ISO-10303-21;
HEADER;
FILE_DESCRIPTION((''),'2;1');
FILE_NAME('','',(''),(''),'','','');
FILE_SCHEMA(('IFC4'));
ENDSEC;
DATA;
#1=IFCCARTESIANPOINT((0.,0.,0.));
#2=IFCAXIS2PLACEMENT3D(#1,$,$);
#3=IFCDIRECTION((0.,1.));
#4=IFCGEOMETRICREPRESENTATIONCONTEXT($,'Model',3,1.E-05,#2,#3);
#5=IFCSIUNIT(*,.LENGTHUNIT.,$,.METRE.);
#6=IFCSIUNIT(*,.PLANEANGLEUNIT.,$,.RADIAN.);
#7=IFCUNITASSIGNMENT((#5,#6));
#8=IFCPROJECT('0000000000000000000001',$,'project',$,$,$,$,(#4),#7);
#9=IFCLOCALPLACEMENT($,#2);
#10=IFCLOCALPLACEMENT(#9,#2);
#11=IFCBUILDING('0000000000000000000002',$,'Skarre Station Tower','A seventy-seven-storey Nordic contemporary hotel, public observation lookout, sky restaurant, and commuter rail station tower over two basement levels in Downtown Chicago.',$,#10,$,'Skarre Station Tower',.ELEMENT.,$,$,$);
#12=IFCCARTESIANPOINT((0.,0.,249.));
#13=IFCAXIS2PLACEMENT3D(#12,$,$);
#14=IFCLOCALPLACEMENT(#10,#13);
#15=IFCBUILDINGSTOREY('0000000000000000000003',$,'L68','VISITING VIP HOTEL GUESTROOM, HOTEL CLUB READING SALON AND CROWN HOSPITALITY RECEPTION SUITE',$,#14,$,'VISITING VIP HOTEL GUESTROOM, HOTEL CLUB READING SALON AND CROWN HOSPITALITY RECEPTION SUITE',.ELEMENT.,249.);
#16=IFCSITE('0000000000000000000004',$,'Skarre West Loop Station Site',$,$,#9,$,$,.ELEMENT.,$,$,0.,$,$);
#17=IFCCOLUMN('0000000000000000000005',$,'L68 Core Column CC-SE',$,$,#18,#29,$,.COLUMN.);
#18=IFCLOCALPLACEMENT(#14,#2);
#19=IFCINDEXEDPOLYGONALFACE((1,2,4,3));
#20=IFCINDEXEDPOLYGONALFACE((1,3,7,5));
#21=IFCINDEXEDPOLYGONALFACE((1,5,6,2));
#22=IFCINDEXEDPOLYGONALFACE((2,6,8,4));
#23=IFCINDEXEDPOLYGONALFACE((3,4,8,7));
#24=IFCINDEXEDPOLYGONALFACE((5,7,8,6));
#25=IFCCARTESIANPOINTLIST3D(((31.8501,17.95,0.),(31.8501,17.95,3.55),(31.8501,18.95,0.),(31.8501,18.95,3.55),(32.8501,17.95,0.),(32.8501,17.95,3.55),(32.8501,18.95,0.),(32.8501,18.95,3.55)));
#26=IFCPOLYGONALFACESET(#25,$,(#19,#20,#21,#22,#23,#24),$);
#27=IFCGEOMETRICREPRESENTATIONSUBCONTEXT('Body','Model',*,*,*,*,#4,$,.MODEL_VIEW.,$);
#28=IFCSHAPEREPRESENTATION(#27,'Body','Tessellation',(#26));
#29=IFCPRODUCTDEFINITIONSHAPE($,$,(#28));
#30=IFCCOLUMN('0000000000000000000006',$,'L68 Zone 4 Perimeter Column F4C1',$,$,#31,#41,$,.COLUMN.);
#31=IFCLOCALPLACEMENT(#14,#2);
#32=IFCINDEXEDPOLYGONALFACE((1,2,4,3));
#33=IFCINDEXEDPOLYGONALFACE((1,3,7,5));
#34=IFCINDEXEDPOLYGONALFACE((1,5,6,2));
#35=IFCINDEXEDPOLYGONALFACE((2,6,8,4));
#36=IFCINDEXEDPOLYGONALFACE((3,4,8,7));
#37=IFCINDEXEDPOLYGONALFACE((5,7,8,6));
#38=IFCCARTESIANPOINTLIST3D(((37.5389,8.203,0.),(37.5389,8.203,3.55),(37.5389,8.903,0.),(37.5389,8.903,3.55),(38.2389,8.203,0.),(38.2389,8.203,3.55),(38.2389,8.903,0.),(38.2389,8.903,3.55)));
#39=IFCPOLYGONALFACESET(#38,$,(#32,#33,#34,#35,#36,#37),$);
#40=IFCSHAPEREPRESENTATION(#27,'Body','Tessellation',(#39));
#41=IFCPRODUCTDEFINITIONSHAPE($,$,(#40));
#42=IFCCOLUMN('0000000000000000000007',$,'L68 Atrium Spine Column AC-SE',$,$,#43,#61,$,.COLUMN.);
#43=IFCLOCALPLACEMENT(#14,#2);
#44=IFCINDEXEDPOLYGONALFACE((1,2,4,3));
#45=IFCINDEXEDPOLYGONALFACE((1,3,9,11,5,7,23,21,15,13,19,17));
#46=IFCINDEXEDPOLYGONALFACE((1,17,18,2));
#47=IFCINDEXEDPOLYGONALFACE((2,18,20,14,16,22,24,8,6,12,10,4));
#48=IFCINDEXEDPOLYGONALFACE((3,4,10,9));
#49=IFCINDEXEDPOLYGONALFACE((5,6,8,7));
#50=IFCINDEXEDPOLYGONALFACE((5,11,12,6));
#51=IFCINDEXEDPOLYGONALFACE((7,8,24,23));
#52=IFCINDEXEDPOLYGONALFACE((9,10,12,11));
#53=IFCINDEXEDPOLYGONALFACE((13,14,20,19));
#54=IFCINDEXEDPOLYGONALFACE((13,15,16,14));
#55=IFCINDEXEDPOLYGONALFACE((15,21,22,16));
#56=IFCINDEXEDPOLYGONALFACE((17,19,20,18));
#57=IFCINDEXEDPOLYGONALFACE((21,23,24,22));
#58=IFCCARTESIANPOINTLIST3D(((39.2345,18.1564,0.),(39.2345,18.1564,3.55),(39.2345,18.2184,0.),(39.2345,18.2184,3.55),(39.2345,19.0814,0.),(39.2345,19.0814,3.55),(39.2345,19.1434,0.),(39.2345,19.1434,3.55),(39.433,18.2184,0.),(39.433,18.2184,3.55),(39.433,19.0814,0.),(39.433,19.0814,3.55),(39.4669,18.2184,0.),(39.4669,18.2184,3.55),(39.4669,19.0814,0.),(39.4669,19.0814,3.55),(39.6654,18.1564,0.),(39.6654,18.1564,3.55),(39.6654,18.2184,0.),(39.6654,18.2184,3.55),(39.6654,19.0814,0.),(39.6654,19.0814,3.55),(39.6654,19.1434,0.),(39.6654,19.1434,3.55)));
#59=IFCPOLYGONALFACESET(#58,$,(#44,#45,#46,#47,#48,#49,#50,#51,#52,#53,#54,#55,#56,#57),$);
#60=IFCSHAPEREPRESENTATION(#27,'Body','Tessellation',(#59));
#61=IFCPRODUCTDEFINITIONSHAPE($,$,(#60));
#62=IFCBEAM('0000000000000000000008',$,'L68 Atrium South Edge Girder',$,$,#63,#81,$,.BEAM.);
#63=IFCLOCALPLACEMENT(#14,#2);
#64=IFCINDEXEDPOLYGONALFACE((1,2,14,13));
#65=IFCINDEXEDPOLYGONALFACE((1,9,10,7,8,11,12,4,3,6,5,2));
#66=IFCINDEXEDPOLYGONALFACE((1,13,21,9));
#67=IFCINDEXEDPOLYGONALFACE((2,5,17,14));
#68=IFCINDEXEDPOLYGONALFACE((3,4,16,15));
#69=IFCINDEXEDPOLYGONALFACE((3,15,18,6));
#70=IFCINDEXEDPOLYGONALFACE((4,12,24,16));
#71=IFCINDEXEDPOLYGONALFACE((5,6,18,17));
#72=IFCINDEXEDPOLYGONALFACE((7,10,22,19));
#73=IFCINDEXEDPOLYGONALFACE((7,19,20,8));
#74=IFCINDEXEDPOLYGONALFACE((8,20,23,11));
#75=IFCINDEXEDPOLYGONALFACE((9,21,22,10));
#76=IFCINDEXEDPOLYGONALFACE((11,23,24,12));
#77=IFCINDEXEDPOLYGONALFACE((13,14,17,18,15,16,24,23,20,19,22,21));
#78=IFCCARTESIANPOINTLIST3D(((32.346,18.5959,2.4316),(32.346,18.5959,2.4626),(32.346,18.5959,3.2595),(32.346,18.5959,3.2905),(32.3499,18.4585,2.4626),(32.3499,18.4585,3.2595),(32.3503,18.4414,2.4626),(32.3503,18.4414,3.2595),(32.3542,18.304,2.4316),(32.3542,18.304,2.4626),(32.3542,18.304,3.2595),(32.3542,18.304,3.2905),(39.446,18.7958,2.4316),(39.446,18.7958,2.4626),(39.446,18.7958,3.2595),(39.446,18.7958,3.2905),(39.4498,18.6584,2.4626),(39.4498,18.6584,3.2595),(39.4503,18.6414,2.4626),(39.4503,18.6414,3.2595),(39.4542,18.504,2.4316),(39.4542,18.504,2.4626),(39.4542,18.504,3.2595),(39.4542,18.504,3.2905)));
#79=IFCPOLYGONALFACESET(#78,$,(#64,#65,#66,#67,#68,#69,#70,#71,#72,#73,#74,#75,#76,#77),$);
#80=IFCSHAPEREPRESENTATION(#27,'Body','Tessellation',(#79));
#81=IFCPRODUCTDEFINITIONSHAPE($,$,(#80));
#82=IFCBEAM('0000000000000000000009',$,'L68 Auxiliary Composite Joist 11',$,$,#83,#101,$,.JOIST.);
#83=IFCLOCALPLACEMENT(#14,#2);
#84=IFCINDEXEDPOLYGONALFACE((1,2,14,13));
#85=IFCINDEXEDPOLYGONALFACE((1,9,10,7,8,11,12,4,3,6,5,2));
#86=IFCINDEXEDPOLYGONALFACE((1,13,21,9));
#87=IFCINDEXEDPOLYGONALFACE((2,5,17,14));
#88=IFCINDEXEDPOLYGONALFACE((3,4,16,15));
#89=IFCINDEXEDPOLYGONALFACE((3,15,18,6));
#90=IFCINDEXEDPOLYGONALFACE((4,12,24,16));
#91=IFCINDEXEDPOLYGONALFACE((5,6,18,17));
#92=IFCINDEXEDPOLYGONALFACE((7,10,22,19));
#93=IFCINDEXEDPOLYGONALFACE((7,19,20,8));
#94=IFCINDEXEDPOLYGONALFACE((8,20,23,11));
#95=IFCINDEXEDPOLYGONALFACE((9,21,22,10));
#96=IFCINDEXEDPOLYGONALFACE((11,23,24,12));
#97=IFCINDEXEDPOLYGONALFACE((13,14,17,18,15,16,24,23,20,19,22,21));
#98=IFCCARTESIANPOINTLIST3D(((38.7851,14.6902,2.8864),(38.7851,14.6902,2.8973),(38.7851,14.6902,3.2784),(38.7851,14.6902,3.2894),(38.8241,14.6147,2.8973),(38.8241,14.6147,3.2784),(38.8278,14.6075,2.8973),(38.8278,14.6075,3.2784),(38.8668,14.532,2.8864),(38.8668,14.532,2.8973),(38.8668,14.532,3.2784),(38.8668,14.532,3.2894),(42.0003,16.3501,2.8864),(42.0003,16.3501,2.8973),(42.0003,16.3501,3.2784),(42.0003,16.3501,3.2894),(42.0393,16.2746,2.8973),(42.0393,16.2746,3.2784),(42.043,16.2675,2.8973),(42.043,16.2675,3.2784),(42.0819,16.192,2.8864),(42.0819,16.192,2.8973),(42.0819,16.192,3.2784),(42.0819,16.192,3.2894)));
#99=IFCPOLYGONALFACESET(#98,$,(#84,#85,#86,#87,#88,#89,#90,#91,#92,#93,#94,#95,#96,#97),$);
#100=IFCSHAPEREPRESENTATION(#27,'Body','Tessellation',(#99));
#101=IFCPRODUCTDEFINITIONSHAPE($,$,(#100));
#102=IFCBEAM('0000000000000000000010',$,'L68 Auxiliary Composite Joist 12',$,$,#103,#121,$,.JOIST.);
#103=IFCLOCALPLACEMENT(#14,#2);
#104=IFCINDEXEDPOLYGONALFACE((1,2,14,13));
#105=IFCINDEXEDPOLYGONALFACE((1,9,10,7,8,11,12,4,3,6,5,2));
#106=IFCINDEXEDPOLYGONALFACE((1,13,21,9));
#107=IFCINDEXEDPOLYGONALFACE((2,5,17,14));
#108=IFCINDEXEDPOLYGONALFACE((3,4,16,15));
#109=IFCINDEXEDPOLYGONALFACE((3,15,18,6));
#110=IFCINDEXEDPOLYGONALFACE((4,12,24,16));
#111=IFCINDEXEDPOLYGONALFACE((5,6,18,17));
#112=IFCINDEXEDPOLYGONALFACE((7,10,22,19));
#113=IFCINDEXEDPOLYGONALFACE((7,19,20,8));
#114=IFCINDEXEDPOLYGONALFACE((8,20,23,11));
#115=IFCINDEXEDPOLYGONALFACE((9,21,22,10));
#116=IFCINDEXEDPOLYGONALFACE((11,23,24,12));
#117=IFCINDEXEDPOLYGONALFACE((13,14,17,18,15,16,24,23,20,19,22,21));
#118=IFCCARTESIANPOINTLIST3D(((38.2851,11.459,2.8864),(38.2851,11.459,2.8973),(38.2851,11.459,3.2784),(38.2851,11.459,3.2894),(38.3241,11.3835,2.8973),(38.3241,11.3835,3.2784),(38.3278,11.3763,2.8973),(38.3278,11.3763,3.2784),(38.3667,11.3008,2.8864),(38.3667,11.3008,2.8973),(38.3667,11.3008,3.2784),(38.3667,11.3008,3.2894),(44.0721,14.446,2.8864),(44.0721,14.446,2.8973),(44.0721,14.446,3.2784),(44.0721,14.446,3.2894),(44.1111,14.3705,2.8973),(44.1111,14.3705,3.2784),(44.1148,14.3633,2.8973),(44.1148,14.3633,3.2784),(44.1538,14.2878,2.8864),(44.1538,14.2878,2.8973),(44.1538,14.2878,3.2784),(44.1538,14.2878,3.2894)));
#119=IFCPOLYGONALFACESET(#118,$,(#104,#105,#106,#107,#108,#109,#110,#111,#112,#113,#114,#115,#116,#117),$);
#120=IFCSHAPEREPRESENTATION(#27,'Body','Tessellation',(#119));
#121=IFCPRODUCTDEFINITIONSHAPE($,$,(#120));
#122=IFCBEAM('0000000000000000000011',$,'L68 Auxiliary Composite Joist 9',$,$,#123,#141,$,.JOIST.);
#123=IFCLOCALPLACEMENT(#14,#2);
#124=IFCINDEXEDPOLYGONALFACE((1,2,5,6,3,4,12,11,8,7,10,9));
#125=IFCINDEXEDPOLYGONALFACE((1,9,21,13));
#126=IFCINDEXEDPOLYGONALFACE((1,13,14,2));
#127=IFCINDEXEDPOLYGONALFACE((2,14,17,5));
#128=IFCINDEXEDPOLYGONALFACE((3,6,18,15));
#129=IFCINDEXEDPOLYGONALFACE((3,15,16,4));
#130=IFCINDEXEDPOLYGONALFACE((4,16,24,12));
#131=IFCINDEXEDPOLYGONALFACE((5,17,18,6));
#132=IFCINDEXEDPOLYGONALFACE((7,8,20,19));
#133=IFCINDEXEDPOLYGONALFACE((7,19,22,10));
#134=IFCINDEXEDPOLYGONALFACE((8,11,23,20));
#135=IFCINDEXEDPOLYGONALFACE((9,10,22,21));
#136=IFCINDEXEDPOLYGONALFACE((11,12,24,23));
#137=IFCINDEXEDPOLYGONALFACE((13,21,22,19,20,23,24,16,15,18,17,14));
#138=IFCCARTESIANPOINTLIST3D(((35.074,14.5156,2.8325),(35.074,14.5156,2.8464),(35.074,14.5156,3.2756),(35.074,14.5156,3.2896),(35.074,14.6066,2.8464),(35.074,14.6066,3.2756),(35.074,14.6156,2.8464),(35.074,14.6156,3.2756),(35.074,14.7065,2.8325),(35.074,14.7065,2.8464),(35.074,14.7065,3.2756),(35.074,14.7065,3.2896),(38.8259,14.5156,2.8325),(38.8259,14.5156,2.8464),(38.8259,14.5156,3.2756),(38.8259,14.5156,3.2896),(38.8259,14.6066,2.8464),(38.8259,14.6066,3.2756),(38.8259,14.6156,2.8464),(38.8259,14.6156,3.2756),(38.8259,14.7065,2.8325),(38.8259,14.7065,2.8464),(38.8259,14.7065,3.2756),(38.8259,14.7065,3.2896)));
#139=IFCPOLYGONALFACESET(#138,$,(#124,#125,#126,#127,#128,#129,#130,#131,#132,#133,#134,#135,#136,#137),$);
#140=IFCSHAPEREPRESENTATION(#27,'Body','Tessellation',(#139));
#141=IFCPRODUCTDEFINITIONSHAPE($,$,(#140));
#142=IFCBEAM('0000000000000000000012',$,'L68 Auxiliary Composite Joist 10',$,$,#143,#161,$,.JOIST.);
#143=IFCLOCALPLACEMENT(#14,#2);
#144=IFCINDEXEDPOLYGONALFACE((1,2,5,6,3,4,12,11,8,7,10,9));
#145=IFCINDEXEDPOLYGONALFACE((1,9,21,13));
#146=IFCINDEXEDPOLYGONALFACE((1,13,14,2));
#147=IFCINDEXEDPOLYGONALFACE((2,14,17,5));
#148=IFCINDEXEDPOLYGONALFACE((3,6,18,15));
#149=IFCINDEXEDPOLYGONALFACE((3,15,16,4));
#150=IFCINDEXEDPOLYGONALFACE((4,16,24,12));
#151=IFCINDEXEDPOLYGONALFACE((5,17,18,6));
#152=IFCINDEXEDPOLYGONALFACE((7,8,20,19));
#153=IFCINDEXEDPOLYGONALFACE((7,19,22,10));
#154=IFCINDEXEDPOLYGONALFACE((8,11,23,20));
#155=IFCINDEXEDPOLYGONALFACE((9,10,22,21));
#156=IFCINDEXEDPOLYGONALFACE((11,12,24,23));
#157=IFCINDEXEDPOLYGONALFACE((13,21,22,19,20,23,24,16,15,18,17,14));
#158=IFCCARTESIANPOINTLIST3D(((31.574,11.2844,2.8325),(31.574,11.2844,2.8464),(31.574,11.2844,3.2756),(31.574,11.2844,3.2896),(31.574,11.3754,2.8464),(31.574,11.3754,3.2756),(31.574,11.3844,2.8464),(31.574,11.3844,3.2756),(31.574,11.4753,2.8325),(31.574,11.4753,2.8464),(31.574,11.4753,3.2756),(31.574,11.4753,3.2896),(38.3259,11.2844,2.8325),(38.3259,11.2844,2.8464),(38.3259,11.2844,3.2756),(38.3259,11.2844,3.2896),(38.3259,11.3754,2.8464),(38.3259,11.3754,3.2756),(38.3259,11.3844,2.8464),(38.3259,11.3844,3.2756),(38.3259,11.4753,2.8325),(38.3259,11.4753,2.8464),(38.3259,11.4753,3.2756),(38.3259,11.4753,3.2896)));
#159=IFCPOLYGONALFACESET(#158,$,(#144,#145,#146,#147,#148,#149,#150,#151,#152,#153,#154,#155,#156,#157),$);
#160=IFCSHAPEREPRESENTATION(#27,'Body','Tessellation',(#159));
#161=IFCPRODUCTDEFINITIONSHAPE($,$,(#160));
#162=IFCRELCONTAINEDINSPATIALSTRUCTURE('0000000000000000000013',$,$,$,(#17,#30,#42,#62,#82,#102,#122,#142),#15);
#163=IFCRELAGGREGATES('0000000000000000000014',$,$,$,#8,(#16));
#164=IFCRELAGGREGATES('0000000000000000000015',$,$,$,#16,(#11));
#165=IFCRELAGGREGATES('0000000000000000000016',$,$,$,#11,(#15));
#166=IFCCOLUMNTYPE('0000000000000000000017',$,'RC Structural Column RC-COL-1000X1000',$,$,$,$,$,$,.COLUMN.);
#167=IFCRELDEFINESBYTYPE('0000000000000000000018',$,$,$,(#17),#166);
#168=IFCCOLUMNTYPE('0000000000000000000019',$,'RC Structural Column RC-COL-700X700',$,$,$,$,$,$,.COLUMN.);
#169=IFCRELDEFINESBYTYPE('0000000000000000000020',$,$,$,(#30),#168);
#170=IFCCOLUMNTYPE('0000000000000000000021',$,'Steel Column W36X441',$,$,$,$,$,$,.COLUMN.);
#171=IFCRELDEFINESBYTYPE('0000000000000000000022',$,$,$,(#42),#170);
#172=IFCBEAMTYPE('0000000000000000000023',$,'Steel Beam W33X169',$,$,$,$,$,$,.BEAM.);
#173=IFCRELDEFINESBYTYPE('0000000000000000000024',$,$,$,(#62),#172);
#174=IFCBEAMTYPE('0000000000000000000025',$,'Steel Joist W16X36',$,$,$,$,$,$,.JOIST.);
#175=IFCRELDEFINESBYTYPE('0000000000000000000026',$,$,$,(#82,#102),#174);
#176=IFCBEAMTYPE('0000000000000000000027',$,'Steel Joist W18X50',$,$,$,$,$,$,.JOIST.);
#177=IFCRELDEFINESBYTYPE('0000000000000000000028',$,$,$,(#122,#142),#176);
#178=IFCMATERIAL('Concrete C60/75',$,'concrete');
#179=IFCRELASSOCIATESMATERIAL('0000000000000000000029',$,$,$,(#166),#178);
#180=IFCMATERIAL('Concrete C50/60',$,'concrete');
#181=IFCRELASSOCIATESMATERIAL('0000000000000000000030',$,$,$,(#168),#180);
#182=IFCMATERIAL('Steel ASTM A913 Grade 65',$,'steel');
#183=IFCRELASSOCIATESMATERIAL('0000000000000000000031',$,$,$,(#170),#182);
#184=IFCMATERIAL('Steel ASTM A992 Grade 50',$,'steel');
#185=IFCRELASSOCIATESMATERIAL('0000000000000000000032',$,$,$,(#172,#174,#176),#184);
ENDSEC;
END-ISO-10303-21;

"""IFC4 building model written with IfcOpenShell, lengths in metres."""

from ifc_helpers import new_model, si_unit, direction, frame, origin, origin_2d, place, context, subcontext, project, spatial, rectangle, i_section, extrude, material, material_profile, profile_set, type_object, element, save


model = new_model("IFC4")

# Units and contexts
model_context = context("Model", 3, precision=1e-05, world=origin(), true_north=direction((0.0, 1.0)))
body_context = subcontext(model_context, "Body", "Model", "MODEL_VIEW")
ifc_project = project(units=[si_unit("LENGTHUNIT", "METRE"), si_unit("PLANEANGLEUNIT", "RADIAN")], contexts=[model_context])

# Site, building, storey
site_placement = place(None, origin())
site = spatial("IfcSite", under=ifc_project, at=site_placement, Name="Skarre West Loop Station Site", CompositionType="ELEMENT", RefElevation=0.0)
building_placement = place(site_placement, origin())
building = spatial("IfcBuilding", under=site, at=building_placement, Name="Skarre Station Tower", Description="A seventy-seven-storey Nordic contemporary hotel, public observation lookout, sky restaurant, and commuter rail station tower over two basement levels in Downtown Chicago.", LongName="Skarre Station Tower", CompositionType="ELEMENT")
storey_placement = place(building_placement, frame((0.0, 0.0, 249.0)))
storey = spatial("IfcBuildingStorey", under=building, at=storey_placement, Name="L68", Description="VISITING VIP HOTEL GUESTROOM, HOTEL CLUB READING SALON AND CROWN HOSPITALITY RECEPTION SUITE", LongName="VISITING VIP HOTEL GUESTROOM, HOTEL CLUB READING SALON AND CROWN HOSPITALITY RECEPTION SUITE", CompositionType="ELEMENT", Elevation=249.0)

# Columns
ifc_material_1 = material(Name="Concrete C60/75", Category="concrete")
ifc_material_profile_1 = material_profile(ifc_material_1, rectangle(XDim=1.0, YDim=1.0, at=origin_2d()), Name="Concrete C60/75")
ifc_profile_set_1 = profile_set([ifc_material_profile_1], Name="Concrete C60/75")
column_type_1 = type_object("IfcColumnType", Name="RC Structural Column RC-COL-1000X1000", PredefinedType="COLUMN", material=ifc_profile_set_1)
column_1_placement = place(storey_placement, frame((32.3501, 18.45, 0.0), z_axis=(0.0, 0.0, 1.0), x_axis=(1.0, 0.0, 0.0)))
element("IfcColumn", 1, at=column_1_placement, inside=storey, type_object=column_type_1, Name="L68 Core Column CC-SE", PredefinedType="COLUMN", context=body_context, shape_type="SweptSolid", body=[
    extrude(rectangle(XDim=1.0, YDim=1.0, at=origin_2d()), origin(), (0.0, 0.0, 1.0), 3.55),
])
ifc_material_2 = material(Name="Concrete C50/60", Category="concrete")
ifc_material_profile_2 = material_profile(ifc_material_2, rectangle(XDim=0.7, YDim=0.7, at=origin_2d()), Name="Concrete C50/60")
ifc_profile_set_2 = profile_set([ifc_material_profile_2], Name="Concrete C50/60")
column_type_2 = type_object("IfcColumnType", Name="RC Structural Column RC-COL-700X700", PredefinedType="COLUMN", material=ifc_profile_set_2)
column_2_placement = place(storey_placement, frame((37.8889, 8.553, 0.0), z_axis=(0.0, 0.0, 1.0), x_axis=(1.0, 0.0, 0.0)))
element("IfcColumn", 2, at=column_2_placement, inside=storey, type_object=column_type_2, Name="L68 Zone 4 Perimeter Column F4C1", PredefinedType="COLUMN", context=body_context, shape_type="SweptSolid", body=[
    extrude(rectangle(XDim=0.7, YDim=0.7, at=origin_2d()), origin(), (0.0, 0.0, 1.0), 3.55),
])
ifc_material_3 = material(Name="Steel ASTM A913 Grade 65", Category="steel")
ifc_material_profile_3 = material_profile(ifc_material_3, i_section(OverallWidth=0.4309, OverallDepth=0.9871, WebThickness=0.0339, FlangeThickness=0.062, at=origin_2d()), Name="Steel ASTM A913 Grade 65")
ifc_profile_set_3 = profile_set([ifc_material_profile_3], Name="Steel ASTM A913 Grade 65")
column_type_3 = type_object("IfcColumnType", Name="Steel Column W36X441", PredefinedType="COLUMN", material=ifc_profile_set_3)
column_3_placement = place(storey_placement, frame((39.45, 18.6499, 0.0), z_axis=(0.0, 0.0, 1.0), x_axis=(1.0, 0.0, 0.0)))
element("IfcColumn", 3, at=column_3_placement, inside=storey, type_object=column_type_3, Name="L68 Atrium Spine Column AC-SE", PredefinedType="COLUMN", context=body_context, shape_type="SweptSolid", body=[
    extrude(i_section(OverallWidth=0.4309, OverallDepth=0.9871, WebThickness=0.0339, FlangeThickness=0.062, at=origin_2d()), origin(), (0.0, 0.0, 1.0), 3.55),
])

# Beams
ifc_material_4 = material(Name="Steel ASTM A992 Grade 50", Category="steel")
ifc_material_profile_4 = material_profile(ifc_material_4, i_section(OverallWidth=0.292, OverallDepth=0.8589, WebThickness=0.0171, FlangeThickness=0.031, at=origin_2d()), Name="Steel ASTM A992 Grade 50")
ifc_profile_set_4 = profile_set([ifc_material_profile_4], Name="Steel ASTM A992 Grade 50")
beam_type_1 = type_object("IfcBeamType", Name="Steel Beam W33X169", PredefinedType="BEAM", material=ifc_profile_set_4)
beam_1_placement = place(storey_placement, frame((32.3501, 18.45, 2.8611), z_axis=(0.999604, 0.028152, 0.0), x_axis=(-0.028152, 0.999604, 0.0)))
element("IfcBeam", 4, at=beam_1_placement, inside=storey, type_object=beam_type_1, Name="L68 Atrium South Edge Girder", PredefinedType="BEAM", context=body_context, shape_type="SweptSolid", body=[
    extrude(i_section(OverallWidth=0.292, OverallDepth=0.8589, WebThickness=0.0171, FlangeThickness=0.031, at=origin_2d()), origin(), (0.0, 0.0, 1.0), 7.1028),
])
ifc_material_profile_5 = material_profile(ifc_material_4, i_section(OverallWidth=0.178, OverallDepth=0.4031, WebThickness=0.0081, FlangeThickness=0.011, at=origin_2d()), Name="Steel ASTM A992 Grade 50")
ifc_profile_set_5 = profile_set([ifc_material_profile_5], Name="Steel ASTM A992 Grade 50")
beam_type_2 = type_object("IfcBeamType", Name="Steel Joist W16X36", PredefinedType="JOIST", material=ifc_profile_set_5)
beam_2_placement = place(storey_placement, frame((38.8259, 14.6111, 3.0879), z_axis=(0.888563, 0.458755, 0.0), x_axis=(-0.458755, 0.888563, 0.0)))
element("IfcBeam", 5, at=beam_2_placement, inside=storey, type_object=beam_type_2, Name="L68 Auxiliary Composite Joist 11", PredefinedType="JOIST", context=body_context, shape_type="SweptSolid", body=[
    extrude(i_section(OverallWidth=0.178, OverallDepth=0.4031, WebThickness=0.0081, FlangeThickness=0.011, at=origin_2d()), origin(), (0.0, 0.0, 1.0), 3.6184),
])
beam_3_placement = place(storey_placement, frame((38.3259, 11.3799, 3.0879), z_axis=(0.88861, 0.458663, 0.0), x_axis=(-0.458663, 0.88861, 0.0)))
element("IfcBeam", 6, at=beam_3_placement, inside=storey, type_object=beam_type_2, Name="L68 Auxiliary Composite Joist 12", PredefinedType="JOIST", context=body_context, shape_type="SweptSolid", body=[
    extrude(i_section(OverallWidth=0.178, OverallDepth=0.4031, WebThickness=0.0081, FlangeThickness=0.011, at=origin_2d()), origin(), (0.0, 0.0, 1.0), 6.5125),
])
ifc_material_profile_6 = material_profile(ifc_material_4, i_section(OverallWidth=0.1909, OverallDepth=0.457, WebThickness=0.009, FlangeThickness=0.0139, at=origin_2d()), Name="Steel ASTM A992 Grade 50")
ifc_profile_set_6 = profile_set([ifc_material_profile_6], Name="Steel ASTM A992 Grade 50")
beam_type_3 = type_object("IfcBeamType", Name="Steel Joist W18X50", PredefinedType="JOIST", material=ifc_profile_set_6)
beam_4_placement = place(storey_placement, frame((35.074, 14.6111, 3.061), z_axis=(1.0, 0.0, 0.0), x_axis=(0.0, 1.0, 0.0)))
element("IfcBeam", 7, at=beam_4_placement, inside=storey, type_object=beam_type_3, Name="L68 Auxiliary Composite Joist 9", PredefinedType="JOIST", context=body_context, shape_type="SweptSolid", body=[
    extrude(i_section(OverallWidth=0.1909, OverallDepth=0.457, WebThickness=0.009, FlangeThickness=0.0139, at=origin_2d()), origin(), (0.0, 0.0, 1.0), 3.752),
])
beam_5_placement = place(storey_placement, frame((31.574, 11.3799, 3.061), z_axis=(1.0, 0.0, 0.0), x_axis=(0.0, 1.0, 0.0)))
element("IfcBeam", 8, at=beam_5_placement, inside=storey, type_object=beam_type_3, Name="L68 Auxiliary Composite Joist 10", PredefinedType="JOIST", context=body_context, shape_type="SweptSolid", body=[
    extrude(i_section(OverallWidth=0.1909, OverallDepth=0.457, WebThickness=0.009, FlangeThickness=0.0139, at=origin_2d()), origin(), (0.0, 0.0, 1.0), 6.752),
])

save(model, "model.ifc")
